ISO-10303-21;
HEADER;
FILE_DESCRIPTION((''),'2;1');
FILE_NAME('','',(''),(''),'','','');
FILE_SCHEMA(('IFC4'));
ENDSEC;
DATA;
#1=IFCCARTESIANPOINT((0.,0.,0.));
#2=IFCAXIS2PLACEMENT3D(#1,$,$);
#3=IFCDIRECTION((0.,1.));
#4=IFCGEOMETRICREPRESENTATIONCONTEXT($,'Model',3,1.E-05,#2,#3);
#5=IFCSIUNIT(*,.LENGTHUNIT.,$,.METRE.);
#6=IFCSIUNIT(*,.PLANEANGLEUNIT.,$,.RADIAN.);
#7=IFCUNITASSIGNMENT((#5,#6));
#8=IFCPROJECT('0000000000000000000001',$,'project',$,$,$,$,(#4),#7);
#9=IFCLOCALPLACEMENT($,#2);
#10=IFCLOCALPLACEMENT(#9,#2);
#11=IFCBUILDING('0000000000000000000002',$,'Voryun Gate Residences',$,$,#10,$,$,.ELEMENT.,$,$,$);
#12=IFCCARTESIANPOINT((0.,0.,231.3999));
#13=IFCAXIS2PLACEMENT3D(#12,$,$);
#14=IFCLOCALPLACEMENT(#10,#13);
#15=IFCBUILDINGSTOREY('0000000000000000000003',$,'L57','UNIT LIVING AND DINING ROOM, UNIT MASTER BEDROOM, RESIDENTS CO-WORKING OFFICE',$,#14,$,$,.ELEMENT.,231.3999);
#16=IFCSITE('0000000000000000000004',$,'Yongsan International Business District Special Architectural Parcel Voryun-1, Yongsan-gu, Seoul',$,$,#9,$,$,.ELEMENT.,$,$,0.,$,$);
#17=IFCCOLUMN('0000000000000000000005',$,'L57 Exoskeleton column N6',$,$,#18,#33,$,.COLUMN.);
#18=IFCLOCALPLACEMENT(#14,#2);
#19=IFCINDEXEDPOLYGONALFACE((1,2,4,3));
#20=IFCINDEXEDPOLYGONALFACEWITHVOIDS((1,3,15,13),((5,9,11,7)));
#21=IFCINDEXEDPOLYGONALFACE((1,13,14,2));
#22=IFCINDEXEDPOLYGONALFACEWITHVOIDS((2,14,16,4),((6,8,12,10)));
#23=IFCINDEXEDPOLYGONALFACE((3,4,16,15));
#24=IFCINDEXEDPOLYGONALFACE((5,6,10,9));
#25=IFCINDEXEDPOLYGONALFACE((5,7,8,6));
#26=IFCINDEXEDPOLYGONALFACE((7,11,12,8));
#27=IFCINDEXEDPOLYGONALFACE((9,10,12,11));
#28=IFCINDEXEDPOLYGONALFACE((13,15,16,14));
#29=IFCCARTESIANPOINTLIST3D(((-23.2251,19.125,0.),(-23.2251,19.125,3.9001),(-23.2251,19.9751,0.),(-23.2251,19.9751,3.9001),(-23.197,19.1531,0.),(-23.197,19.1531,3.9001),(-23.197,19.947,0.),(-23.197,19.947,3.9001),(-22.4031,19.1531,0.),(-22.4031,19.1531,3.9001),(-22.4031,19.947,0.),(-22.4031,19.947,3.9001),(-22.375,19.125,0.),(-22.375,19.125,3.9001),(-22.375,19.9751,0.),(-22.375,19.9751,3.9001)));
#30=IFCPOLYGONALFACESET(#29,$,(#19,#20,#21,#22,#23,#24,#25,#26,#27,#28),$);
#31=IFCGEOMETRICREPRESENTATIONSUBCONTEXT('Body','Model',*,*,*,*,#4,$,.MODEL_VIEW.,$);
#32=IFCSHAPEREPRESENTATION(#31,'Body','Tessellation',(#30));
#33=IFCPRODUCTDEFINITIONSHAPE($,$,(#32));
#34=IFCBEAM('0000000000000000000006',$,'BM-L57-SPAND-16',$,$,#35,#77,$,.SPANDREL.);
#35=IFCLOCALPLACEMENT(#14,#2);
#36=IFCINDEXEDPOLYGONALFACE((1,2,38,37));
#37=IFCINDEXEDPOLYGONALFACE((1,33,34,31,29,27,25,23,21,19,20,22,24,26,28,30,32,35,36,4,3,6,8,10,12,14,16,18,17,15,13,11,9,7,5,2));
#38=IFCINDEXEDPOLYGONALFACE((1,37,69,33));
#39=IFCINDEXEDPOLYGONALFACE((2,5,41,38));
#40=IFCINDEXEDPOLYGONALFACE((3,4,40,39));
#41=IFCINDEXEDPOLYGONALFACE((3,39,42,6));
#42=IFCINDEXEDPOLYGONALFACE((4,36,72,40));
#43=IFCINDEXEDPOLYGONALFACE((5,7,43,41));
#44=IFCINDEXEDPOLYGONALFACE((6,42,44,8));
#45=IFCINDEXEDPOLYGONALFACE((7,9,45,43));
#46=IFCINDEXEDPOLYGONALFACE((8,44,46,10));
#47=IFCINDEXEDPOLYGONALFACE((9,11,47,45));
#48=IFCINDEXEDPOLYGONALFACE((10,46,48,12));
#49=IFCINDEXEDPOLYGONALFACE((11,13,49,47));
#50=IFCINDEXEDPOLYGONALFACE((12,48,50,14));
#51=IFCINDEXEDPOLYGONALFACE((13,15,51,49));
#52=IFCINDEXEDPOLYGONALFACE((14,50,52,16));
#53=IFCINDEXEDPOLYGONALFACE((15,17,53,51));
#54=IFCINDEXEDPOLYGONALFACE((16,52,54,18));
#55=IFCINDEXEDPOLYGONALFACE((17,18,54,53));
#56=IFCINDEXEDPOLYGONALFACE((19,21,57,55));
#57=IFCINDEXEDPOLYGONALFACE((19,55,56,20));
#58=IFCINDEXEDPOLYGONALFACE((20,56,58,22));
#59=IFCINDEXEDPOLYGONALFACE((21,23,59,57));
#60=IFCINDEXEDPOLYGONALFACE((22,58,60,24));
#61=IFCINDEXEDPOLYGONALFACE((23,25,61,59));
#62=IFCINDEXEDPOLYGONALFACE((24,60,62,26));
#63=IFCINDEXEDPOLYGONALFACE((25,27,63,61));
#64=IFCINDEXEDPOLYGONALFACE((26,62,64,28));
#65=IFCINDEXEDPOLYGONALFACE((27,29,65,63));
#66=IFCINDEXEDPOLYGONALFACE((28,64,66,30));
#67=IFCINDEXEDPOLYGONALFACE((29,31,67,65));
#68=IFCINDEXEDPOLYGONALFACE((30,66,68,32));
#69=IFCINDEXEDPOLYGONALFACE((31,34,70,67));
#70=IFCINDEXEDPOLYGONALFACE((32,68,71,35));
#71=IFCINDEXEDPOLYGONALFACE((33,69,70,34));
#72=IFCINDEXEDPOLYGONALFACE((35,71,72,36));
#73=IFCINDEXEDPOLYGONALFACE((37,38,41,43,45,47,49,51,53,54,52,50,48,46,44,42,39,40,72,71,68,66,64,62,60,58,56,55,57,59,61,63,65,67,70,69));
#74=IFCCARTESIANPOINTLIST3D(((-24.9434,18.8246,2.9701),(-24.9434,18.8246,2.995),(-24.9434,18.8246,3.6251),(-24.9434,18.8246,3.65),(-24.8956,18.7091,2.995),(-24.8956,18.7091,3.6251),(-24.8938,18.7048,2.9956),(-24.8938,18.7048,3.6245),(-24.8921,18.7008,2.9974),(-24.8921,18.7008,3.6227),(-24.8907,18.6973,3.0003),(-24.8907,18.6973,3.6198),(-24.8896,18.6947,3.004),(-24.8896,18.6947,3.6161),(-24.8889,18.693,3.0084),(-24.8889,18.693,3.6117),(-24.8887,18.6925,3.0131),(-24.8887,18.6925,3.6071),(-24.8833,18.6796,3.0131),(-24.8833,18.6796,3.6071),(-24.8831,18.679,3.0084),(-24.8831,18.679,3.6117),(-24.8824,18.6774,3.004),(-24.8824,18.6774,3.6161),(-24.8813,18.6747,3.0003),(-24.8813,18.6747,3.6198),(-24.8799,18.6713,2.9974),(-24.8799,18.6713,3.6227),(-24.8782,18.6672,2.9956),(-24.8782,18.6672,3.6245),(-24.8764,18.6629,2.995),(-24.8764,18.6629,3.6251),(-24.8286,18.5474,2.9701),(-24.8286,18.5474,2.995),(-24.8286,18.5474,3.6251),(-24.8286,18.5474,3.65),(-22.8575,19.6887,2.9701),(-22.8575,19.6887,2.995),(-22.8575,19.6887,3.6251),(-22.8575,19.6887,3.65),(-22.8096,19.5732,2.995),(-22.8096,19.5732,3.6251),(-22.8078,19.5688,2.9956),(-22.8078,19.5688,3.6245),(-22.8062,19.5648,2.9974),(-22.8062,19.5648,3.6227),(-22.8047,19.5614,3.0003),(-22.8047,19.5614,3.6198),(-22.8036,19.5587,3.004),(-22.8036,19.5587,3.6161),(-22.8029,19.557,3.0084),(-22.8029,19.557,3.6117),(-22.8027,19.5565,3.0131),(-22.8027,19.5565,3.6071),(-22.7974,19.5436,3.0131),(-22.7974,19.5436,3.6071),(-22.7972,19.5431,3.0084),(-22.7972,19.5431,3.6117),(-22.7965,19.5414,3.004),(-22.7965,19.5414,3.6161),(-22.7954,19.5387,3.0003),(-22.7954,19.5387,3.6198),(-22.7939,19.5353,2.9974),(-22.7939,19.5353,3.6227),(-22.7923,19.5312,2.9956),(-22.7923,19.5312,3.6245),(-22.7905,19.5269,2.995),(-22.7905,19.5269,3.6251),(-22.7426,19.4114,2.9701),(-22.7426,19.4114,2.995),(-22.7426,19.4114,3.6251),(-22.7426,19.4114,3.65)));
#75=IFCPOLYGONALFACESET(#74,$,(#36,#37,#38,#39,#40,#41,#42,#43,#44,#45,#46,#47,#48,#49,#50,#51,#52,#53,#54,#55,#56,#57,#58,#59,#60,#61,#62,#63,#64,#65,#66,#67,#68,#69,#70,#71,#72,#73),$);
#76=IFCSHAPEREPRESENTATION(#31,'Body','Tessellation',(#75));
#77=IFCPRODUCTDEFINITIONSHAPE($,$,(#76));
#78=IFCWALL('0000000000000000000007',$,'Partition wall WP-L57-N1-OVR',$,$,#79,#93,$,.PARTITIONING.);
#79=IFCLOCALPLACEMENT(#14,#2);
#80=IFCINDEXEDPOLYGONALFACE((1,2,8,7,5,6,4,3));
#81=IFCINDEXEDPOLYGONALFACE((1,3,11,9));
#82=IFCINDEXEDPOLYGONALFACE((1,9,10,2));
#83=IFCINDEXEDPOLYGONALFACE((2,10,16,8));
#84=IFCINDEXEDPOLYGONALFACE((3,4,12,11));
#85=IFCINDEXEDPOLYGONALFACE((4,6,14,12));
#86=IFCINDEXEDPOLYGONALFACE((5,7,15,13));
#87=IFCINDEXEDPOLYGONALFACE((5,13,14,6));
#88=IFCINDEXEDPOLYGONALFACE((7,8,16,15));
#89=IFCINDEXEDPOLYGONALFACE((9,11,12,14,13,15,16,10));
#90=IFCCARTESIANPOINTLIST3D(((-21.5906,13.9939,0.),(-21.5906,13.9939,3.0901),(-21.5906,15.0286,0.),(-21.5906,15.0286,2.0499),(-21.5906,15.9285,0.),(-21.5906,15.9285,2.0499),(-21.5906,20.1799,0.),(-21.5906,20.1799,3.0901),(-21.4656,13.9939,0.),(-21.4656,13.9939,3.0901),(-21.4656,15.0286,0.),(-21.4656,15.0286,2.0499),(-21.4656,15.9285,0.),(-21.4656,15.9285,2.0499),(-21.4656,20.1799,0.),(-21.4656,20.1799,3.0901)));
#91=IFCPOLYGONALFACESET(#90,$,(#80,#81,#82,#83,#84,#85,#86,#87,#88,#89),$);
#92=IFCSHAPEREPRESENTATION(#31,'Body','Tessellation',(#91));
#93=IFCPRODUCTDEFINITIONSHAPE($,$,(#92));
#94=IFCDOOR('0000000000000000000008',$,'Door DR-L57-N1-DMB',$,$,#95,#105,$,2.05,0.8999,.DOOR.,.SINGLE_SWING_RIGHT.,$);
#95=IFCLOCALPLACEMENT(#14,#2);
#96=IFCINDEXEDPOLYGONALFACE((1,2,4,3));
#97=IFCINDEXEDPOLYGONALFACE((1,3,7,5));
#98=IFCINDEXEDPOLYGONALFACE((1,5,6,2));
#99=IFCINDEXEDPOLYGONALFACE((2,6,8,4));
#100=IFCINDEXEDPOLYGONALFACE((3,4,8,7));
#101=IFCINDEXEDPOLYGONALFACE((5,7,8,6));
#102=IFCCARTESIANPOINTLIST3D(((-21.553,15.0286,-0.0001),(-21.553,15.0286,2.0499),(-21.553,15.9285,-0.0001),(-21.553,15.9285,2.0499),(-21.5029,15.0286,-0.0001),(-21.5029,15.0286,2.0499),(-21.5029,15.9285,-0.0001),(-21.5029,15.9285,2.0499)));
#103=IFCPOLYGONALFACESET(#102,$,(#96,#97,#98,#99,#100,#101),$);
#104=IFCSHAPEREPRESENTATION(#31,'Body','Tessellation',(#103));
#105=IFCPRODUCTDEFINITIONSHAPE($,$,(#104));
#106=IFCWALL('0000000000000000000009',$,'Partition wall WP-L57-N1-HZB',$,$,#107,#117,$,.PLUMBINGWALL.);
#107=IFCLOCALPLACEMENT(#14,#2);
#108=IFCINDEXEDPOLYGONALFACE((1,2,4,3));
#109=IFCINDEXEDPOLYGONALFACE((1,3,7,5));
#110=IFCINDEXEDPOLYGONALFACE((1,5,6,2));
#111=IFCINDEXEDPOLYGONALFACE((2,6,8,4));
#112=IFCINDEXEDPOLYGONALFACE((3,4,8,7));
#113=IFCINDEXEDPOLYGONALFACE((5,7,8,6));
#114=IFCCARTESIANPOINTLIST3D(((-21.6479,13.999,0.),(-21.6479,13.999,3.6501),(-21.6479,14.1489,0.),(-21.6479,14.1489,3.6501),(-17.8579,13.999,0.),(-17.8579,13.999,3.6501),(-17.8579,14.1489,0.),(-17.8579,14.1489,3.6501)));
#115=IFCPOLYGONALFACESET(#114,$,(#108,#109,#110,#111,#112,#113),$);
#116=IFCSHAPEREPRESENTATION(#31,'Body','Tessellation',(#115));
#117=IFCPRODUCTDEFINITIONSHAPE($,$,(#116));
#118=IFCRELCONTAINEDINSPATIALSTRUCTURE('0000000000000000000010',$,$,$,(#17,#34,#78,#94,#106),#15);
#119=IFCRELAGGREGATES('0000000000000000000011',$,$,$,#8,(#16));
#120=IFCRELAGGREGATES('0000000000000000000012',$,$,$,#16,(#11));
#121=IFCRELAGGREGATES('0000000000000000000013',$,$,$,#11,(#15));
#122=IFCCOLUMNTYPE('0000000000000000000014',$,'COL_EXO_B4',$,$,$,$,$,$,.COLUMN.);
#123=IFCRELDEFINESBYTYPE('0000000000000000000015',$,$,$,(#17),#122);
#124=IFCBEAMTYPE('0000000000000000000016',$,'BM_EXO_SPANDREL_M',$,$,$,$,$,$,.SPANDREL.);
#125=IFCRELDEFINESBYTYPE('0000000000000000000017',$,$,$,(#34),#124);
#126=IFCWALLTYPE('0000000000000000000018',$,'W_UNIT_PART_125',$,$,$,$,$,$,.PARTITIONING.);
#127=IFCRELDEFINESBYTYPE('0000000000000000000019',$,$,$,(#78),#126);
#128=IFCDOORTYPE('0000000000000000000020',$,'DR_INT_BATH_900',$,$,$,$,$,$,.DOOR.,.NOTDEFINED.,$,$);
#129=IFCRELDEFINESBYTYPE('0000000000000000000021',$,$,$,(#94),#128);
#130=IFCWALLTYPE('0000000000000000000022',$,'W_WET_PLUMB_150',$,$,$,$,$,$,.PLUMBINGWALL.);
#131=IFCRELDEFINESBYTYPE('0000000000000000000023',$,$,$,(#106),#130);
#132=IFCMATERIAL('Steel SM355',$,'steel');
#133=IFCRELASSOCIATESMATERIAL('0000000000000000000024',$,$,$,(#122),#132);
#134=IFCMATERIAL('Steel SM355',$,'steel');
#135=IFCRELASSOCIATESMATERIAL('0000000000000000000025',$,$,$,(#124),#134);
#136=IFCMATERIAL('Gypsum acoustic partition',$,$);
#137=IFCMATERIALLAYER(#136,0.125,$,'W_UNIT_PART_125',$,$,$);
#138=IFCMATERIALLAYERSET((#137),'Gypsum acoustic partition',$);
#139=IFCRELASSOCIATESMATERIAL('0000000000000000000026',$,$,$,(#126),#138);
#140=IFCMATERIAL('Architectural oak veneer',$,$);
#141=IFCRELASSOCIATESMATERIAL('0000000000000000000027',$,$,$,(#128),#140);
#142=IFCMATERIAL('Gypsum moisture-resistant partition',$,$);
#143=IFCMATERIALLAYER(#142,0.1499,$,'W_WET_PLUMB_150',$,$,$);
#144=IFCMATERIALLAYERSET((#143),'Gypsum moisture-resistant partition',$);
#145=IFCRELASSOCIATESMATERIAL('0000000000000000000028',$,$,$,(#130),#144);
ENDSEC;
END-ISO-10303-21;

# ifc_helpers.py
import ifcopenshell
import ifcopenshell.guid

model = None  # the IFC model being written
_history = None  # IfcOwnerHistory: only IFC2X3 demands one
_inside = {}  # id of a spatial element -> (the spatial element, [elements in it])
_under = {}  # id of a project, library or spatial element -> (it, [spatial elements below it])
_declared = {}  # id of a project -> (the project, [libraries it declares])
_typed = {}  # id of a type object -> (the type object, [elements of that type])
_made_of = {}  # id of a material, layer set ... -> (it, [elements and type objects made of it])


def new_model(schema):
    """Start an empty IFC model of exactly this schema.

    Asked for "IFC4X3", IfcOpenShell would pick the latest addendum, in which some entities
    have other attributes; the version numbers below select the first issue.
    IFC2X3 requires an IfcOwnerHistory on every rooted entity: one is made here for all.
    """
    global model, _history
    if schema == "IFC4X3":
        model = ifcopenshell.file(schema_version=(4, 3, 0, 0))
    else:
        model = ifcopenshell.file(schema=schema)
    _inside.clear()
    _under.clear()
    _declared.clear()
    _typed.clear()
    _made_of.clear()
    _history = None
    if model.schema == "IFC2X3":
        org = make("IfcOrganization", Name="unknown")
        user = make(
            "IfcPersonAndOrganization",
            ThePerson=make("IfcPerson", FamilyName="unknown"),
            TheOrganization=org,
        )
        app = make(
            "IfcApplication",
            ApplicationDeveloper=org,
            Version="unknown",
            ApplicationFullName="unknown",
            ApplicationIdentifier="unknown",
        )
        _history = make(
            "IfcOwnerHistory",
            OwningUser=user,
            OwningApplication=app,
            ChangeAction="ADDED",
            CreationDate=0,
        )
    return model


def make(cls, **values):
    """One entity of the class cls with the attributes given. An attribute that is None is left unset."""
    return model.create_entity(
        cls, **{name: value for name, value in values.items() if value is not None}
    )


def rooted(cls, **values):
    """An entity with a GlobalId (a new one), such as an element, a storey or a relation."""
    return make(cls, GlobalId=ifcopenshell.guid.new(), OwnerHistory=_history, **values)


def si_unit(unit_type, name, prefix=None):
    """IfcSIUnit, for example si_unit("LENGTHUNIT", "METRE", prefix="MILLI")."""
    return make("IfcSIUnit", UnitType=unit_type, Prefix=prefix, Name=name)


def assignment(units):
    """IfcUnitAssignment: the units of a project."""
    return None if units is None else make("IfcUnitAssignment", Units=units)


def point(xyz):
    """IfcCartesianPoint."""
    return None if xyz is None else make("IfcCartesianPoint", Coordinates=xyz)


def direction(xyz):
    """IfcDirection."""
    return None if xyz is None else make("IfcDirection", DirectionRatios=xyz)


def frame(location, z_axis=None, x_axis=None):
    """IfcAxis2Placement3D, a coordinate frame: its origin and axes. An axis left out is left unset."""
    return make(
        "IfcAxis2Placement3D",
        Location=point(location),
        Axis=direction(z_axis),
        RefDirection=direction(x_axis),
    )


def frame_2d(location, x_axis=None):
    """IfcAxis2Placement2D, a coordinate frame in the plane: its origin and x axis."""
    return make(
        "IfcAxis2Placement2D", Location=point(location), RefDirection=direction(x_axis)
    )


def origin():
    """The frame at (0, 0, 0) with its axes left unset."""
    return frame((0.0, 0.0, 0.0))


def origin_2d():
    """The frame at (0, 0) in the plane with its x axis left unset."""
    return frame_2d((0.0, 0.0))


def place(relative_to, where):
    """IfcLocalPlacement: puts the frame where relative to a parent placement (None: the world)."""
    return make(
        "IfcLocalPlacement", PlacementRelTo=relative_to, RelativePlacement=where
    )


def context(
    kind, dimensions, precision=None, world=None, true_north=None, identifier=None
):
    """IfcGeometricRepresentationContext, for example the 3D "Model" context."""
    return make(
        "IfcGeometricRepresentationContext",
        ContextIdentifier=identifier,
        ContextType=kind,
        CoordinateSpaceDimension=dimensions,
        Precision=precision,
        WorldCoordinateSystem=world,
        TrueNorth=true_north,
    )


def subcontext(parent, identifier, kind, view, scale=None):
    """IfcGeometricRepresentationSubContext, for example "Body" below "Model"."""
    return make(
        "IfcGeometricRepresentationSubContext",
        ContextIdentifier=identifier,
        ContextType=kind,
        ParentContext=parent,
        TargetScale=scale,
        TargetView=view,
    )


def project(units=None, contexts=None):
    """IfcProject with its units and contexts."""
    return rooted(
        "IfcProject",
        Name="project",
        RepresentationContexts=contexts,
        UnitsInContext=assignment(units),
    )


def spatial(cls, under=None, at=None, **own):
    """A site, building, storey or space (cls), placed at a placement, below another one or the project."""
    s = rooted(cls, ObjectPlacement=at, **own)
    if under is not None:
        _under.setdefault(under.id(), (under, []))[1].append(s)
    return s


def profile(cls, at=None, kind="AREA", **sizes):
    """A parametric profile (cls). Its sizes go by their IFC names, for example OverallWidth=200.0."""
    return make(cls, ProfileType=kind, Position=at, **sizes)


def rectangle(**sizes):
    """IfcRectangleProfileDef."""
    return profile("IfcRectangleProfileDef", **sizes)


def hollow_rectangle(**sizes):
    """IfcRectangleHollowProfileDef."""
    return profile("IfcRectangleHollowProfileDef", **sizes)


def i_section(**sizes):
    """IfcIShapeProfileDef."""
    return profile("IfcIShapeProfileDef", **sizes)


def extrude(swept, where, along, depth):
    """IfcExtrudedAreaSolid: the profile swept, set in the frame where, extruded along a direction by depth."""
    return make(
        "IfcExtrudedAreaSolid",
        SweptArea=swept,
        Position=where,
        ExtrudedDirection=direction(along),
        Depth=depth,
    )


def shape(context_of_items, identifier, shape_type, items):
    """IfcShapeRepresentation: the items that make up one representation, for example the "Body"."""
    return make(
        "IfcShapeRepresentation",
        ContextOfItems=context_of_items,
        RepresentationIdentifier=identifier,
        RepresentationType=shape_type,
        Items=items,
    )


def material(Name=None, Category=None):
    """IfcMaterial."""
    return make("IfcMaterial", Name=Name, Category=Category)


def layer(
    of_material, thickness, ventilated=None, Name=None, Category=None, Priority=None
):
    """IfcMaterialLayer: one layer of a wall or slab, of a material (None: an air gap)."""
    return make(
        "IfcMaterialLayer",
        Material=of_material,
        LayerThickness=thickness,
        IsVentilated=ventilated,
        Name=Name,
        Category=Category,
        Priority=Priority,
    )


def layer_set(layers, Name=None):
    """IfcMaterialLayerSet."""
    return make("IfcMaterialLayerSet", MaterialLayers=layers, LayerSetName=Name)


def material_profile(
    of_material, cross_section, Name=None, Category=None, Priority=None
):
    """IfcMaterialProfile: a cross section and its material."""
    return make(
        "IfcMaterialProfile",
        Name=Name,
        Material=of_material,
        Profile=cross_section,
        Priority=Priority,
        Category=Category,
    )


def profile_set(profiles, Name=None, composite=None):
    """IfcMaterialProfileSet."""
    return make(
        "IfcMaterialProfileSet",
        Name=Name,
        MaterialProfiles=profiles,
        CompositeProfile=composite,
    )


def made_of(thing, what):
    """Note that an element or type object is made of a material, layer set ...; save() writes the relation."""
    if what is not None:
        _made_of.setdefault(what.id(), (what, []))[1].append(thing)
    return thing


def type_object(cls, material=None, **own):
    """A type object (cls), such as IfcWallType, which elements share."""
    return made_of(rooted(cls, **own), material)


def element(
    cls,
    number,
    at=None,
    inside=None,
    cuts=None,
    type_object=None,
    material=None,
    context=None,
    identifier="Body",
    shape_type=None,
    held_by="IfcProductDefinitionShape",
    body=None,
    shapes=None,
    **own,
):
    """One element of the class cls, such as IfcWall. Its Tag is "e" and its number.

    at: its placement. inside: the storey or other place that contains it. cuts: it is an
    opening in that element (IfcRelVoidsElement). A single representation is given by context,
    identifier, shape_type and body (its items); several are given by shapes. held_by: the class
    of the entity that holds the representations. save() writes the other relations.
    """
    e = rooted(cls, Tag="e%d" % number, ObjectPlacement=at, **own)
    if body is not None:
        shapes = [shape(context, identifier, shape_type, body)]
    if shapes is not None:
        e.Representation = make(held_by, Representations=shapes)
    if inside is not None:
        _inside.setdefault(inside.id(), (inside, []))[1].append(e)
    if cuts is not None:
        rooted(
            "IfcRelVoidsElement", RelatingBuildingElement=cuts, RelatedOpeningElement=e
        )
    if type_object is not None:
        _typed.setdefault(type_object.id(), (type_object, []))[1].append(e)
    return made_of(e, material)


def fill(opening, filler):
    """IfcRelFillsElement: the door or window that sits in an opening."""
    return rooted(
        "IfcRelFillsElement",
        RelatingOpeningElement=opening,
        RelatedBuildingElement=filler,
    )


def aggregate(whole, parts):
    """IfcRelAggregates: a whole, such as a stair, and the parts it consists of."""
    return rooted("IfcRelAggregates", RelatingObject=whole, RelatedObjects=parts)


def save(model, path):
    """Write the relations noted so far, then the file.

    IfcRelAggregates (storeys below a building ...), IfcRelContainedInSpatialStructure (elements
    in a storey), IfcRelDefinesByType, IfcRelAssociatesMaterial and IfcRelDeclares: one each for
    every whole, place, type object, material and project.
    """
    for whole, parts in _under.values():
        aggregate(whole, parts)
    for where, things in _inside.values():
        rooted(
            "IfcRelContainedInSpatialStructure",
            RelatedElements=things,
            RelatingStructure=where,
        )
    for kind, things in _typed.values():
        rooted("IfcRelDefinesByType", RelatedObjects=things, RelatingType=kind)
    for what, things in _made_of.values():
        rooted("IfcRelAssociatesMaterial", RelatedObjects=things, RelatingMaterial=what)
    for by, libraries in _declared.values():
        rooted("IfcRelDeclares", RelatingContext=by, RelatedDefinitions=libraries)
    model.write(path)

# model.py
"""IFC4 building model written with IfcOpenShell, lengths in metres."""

from ifc_helpers import new_model, si_unit, direction, frame, frame_2d, origin, origin_2d, place, context, subcontext, project, spatial, rectangle, hollow_rectangle, i_section, extrude, material, layer, layer_set, material_profile, profile_set, type_object, element, fill, save


model = new_model("IFC4")

# Units and contexts
model_context = context("Model", 3, precision=1e-05, world=origin(), true_north=direction((0.0, 1.0)))
body_context = subcontext(model_context, "Body", "Model", "MODEL_VIEW")
ifc_project = project(units=[si_unit("LENGTHUNIT", "METRE"), si_unit("PLANEANGLEUNIT", "RADIAN")], contexts=[model_context])

# Site, building, storey
site_placement = place(None, origin())
site = spatial("IfcSite", under=ifc_project, at=site_placement, Name="Yongsan International Business District Special Architectural Parcel Voryun-1, Yongsan-gu, Seoul", CompositionType="ELEMENT", RefElevation=0.0)
building_placement = place(site_placement, origin())
building = spatial("IfcBuilding", under=site, at=building_placement, Name="Voryun Gate Residences", CompositionType="ELEMENT")
storey_placement = place(building_placement, frame((0.0, 0.0, 231.3999)))
storey = spatial("IfcBuildingStorey", under=building, at=storey_placement, Name="L57", Description="UNIT LIVING AND DINING ROOM, UNIT MASTER BEDROOM, RESIDENTS CO-WORKING OFFICE", CompositionType="ELEMENT", Elevation=231.3999)

# Column
ifc_material_1 = material(Name="Steel SM355", Category="steel")
ifc_material_profile_1 = material_profile(ifc_material_1, hollow_rectangle(XDim=0.8501, YDim=0.8501, WallThickness=0.0281, at=origin_2d()), Name="BOX-850x850x28")
ifc_profile_set_1 = profile_set([ifc_material_profile_1], Name="Steel SM355")
column_type = type_object("IfcColumnType", Name="COL_EXO_B4", PredefinedType="COLUMN", material=ifc_profile_set_1)
column_placement = place(storey_placement, frame((-22.8, 19.55, 0.0), z_axis=(0.0, 0.0, 1.0), x_axis=(1.0, 0.0, 0.0)))
element("IfcColumn", 1, at=column_placement, inside=storey, type_object=column_type, Name="L57 Exoskeleton column N6", PredefinedType="COLUMN", context=body_context, shape_type="SweptSolid", body=[
    extrude(hollow_rectangle(XDim=0.8501, YDim=0.8501, WallThickness=0.0281, at=origin_2d()), origin(), (0.0, 0.0, 1.0), 3.9001),
])

# Beam
ifc_material_2 = material(Name="Steel SM355", Category="steel")
ifc_material_profile_2 = material_profile(ifc_material_2, i_section(OverallWidth=0.3, OverallDepth=0.6799, WebThickness=0.0139, FlangeThickness=0.0249, FilletRadius=0.0181, at=origin_2d()), Name="H-680x300x14x25")
ifc_profile_set_2 = profile_set([ifc_material_profile_2], Name="Steel SM355")
beam_type = type_object("IfcBeamType", Name="BM_EXO_SPANDREL_M", PredefinedType="SPANDREL", material=ifc_profile_set_2)
beam_placement = place(storey_placement, frame((-22.8, 19.55, 3.3101), z_axis=(-0.923881, -0.38268, 0.0), x_axis=(0.38268, -0.923881, 0.0)))
element("IfcBeam", 2, at=beam_placement, inside=storey, type_object=beam_type, Name="BM-L57-SPAND-16", PredefinedType="SPANDREL", context=body_context, shape_type="SweptSolid", body=[
    extrude(i_section(OverallWidth=0.3, OverallDepth=0.6799, WebThickness=0.0139, FlangeThickness=0.0249, FilletRadius=0.0181, at=origin_2d()), origin(), (0.0, 0.0, 1.0), 2.2578),
])

# Wall, opening, door
ifc_material_3 = material(Name="Gypsum acoustic partition")
ifc_layer_1 = layer(ifc_material_3, 0.125, Name="W_UNIT_PART_125")
ifc_layer_set_1 = layer_set([ifc_layer_1], Name="Gypsum acoustic partition")
wall_type_1 = type_object("IfcWallType", Name="W_UNIT_PART_125", PredefinedType="PARTITIONING", material=ifc_layer_set_1)
wall_1_placement = place(storey_placement, frame((-21.5281, 13.9939, 0.0), z_axis=(0.0, 0.0, 1.0), x_axis=(0.0, 1.0, 0.0)))
wall_1 = element("IfcWall", 3, at=wall_1_placement, inside=storey, type_object=wall_type_1, Name="Partition wall WP-L57-N1-OVR", PredefinedType="PARTITIONING", context=body_context, shape_type="SweptSolid", body=[
    extrude(rectangle(XDim=6.186, YDim=0.125, at=frame_2d((3.093, 0.0))), origin(), (0.0, 0.0, 1.0), 3.0901),
])
opening_1_placement = place(wall_1_placement, frame((1.0347, 0.0, 0.0)))
opening_1 = element("IfcOpeningElement", 4, at=opening_1_placement, cuts=wall_1, PredefinedType="OPENING", context=body_context, shape_type="SweptSolid", body=[
    extrude(rectangle(XDim=0.8999, YDim=2.05, at=frame_2d((0.45, 1.0249))), frame((0.0, 0.0725, 0.0), z_axis=(0.0, -1.0, 0.0), x_axis=(1.0, 0.0, 0.0)), (0.0, 0.0, 1.0), 0.145),
])
ifc_material_4 = material(Name="Architectural oak veneer")
door_type_1 = type_object("IfcDoorType", Name="DR_INT_BATH_900", OperationType="NOTDEFINED", PredefinedType="DOOR", material=ifc_material_4)
door_1_placement = place(opening_1_placement, origin())
door_1 = element("IfcDoor", 5, at=door_1_placement, inside=storey, type_object=door_type_1, Name="Door DR-L57-N1-DMB", OperationType="SINGLE_SWING_RIGHT", OverallHeight=2.05, OverallWidth=0.8999, PredefinedType="DOOR", context=body_context, shape_type="SweptSolid", body=[
    extrude(rectangle(XDim=0.8999, YDim=2.05, at=frame_2d((0.45, 1.0249))), frame((0.0, 0.0249, 0.0), z_axis=(0.0, -1.0, 0.0), x_axis=(1.0, 0.0, 0.0)), (0.0, 0.0, 1.0), 0.05),
])
fill(opening_1, door_1)

# Wall
ifc_material_5 = material(Name="Gypsum moisture-resistant partition")
ifc_layer_2 = layer(ifc_material_5, 0.1499, Name="W_WET_PLUMB_150")
ifc_layer_set_2 = layer_set([ifc_layer_2], Name="Gypsum moisture-resistant partition")
wall_type_2 = type_object("IfcWallType", Name="W_WET_PLUMB_150", PredefinedType="PLUMBINGWALL", material=ifc_layer_set_2)
wall_2_placement = place(storey_placement, frame((-21.6479, 14.074, 0.0), z_axis=(0.0, 0.0, 1.0), x_axis=(1.0, 0.0, 0.0)))
element("IfcWall", 6, at=wall_2_placement, inside=storey, type_object=wall_type_2, Name="Partition wall WP-L57-N1-HZB", PredefinedType="PLUMBINGWALL", context=body_context, shape_type="SweptSolid", body=[
    extrude(rectangle(XDim=3.79, YDim=0.1499, at=frame_2d((1.895, 0.0))), origin(), (0.0, 0.0, 1.0), 3.6501),
])

save(model, "model.ifc")
